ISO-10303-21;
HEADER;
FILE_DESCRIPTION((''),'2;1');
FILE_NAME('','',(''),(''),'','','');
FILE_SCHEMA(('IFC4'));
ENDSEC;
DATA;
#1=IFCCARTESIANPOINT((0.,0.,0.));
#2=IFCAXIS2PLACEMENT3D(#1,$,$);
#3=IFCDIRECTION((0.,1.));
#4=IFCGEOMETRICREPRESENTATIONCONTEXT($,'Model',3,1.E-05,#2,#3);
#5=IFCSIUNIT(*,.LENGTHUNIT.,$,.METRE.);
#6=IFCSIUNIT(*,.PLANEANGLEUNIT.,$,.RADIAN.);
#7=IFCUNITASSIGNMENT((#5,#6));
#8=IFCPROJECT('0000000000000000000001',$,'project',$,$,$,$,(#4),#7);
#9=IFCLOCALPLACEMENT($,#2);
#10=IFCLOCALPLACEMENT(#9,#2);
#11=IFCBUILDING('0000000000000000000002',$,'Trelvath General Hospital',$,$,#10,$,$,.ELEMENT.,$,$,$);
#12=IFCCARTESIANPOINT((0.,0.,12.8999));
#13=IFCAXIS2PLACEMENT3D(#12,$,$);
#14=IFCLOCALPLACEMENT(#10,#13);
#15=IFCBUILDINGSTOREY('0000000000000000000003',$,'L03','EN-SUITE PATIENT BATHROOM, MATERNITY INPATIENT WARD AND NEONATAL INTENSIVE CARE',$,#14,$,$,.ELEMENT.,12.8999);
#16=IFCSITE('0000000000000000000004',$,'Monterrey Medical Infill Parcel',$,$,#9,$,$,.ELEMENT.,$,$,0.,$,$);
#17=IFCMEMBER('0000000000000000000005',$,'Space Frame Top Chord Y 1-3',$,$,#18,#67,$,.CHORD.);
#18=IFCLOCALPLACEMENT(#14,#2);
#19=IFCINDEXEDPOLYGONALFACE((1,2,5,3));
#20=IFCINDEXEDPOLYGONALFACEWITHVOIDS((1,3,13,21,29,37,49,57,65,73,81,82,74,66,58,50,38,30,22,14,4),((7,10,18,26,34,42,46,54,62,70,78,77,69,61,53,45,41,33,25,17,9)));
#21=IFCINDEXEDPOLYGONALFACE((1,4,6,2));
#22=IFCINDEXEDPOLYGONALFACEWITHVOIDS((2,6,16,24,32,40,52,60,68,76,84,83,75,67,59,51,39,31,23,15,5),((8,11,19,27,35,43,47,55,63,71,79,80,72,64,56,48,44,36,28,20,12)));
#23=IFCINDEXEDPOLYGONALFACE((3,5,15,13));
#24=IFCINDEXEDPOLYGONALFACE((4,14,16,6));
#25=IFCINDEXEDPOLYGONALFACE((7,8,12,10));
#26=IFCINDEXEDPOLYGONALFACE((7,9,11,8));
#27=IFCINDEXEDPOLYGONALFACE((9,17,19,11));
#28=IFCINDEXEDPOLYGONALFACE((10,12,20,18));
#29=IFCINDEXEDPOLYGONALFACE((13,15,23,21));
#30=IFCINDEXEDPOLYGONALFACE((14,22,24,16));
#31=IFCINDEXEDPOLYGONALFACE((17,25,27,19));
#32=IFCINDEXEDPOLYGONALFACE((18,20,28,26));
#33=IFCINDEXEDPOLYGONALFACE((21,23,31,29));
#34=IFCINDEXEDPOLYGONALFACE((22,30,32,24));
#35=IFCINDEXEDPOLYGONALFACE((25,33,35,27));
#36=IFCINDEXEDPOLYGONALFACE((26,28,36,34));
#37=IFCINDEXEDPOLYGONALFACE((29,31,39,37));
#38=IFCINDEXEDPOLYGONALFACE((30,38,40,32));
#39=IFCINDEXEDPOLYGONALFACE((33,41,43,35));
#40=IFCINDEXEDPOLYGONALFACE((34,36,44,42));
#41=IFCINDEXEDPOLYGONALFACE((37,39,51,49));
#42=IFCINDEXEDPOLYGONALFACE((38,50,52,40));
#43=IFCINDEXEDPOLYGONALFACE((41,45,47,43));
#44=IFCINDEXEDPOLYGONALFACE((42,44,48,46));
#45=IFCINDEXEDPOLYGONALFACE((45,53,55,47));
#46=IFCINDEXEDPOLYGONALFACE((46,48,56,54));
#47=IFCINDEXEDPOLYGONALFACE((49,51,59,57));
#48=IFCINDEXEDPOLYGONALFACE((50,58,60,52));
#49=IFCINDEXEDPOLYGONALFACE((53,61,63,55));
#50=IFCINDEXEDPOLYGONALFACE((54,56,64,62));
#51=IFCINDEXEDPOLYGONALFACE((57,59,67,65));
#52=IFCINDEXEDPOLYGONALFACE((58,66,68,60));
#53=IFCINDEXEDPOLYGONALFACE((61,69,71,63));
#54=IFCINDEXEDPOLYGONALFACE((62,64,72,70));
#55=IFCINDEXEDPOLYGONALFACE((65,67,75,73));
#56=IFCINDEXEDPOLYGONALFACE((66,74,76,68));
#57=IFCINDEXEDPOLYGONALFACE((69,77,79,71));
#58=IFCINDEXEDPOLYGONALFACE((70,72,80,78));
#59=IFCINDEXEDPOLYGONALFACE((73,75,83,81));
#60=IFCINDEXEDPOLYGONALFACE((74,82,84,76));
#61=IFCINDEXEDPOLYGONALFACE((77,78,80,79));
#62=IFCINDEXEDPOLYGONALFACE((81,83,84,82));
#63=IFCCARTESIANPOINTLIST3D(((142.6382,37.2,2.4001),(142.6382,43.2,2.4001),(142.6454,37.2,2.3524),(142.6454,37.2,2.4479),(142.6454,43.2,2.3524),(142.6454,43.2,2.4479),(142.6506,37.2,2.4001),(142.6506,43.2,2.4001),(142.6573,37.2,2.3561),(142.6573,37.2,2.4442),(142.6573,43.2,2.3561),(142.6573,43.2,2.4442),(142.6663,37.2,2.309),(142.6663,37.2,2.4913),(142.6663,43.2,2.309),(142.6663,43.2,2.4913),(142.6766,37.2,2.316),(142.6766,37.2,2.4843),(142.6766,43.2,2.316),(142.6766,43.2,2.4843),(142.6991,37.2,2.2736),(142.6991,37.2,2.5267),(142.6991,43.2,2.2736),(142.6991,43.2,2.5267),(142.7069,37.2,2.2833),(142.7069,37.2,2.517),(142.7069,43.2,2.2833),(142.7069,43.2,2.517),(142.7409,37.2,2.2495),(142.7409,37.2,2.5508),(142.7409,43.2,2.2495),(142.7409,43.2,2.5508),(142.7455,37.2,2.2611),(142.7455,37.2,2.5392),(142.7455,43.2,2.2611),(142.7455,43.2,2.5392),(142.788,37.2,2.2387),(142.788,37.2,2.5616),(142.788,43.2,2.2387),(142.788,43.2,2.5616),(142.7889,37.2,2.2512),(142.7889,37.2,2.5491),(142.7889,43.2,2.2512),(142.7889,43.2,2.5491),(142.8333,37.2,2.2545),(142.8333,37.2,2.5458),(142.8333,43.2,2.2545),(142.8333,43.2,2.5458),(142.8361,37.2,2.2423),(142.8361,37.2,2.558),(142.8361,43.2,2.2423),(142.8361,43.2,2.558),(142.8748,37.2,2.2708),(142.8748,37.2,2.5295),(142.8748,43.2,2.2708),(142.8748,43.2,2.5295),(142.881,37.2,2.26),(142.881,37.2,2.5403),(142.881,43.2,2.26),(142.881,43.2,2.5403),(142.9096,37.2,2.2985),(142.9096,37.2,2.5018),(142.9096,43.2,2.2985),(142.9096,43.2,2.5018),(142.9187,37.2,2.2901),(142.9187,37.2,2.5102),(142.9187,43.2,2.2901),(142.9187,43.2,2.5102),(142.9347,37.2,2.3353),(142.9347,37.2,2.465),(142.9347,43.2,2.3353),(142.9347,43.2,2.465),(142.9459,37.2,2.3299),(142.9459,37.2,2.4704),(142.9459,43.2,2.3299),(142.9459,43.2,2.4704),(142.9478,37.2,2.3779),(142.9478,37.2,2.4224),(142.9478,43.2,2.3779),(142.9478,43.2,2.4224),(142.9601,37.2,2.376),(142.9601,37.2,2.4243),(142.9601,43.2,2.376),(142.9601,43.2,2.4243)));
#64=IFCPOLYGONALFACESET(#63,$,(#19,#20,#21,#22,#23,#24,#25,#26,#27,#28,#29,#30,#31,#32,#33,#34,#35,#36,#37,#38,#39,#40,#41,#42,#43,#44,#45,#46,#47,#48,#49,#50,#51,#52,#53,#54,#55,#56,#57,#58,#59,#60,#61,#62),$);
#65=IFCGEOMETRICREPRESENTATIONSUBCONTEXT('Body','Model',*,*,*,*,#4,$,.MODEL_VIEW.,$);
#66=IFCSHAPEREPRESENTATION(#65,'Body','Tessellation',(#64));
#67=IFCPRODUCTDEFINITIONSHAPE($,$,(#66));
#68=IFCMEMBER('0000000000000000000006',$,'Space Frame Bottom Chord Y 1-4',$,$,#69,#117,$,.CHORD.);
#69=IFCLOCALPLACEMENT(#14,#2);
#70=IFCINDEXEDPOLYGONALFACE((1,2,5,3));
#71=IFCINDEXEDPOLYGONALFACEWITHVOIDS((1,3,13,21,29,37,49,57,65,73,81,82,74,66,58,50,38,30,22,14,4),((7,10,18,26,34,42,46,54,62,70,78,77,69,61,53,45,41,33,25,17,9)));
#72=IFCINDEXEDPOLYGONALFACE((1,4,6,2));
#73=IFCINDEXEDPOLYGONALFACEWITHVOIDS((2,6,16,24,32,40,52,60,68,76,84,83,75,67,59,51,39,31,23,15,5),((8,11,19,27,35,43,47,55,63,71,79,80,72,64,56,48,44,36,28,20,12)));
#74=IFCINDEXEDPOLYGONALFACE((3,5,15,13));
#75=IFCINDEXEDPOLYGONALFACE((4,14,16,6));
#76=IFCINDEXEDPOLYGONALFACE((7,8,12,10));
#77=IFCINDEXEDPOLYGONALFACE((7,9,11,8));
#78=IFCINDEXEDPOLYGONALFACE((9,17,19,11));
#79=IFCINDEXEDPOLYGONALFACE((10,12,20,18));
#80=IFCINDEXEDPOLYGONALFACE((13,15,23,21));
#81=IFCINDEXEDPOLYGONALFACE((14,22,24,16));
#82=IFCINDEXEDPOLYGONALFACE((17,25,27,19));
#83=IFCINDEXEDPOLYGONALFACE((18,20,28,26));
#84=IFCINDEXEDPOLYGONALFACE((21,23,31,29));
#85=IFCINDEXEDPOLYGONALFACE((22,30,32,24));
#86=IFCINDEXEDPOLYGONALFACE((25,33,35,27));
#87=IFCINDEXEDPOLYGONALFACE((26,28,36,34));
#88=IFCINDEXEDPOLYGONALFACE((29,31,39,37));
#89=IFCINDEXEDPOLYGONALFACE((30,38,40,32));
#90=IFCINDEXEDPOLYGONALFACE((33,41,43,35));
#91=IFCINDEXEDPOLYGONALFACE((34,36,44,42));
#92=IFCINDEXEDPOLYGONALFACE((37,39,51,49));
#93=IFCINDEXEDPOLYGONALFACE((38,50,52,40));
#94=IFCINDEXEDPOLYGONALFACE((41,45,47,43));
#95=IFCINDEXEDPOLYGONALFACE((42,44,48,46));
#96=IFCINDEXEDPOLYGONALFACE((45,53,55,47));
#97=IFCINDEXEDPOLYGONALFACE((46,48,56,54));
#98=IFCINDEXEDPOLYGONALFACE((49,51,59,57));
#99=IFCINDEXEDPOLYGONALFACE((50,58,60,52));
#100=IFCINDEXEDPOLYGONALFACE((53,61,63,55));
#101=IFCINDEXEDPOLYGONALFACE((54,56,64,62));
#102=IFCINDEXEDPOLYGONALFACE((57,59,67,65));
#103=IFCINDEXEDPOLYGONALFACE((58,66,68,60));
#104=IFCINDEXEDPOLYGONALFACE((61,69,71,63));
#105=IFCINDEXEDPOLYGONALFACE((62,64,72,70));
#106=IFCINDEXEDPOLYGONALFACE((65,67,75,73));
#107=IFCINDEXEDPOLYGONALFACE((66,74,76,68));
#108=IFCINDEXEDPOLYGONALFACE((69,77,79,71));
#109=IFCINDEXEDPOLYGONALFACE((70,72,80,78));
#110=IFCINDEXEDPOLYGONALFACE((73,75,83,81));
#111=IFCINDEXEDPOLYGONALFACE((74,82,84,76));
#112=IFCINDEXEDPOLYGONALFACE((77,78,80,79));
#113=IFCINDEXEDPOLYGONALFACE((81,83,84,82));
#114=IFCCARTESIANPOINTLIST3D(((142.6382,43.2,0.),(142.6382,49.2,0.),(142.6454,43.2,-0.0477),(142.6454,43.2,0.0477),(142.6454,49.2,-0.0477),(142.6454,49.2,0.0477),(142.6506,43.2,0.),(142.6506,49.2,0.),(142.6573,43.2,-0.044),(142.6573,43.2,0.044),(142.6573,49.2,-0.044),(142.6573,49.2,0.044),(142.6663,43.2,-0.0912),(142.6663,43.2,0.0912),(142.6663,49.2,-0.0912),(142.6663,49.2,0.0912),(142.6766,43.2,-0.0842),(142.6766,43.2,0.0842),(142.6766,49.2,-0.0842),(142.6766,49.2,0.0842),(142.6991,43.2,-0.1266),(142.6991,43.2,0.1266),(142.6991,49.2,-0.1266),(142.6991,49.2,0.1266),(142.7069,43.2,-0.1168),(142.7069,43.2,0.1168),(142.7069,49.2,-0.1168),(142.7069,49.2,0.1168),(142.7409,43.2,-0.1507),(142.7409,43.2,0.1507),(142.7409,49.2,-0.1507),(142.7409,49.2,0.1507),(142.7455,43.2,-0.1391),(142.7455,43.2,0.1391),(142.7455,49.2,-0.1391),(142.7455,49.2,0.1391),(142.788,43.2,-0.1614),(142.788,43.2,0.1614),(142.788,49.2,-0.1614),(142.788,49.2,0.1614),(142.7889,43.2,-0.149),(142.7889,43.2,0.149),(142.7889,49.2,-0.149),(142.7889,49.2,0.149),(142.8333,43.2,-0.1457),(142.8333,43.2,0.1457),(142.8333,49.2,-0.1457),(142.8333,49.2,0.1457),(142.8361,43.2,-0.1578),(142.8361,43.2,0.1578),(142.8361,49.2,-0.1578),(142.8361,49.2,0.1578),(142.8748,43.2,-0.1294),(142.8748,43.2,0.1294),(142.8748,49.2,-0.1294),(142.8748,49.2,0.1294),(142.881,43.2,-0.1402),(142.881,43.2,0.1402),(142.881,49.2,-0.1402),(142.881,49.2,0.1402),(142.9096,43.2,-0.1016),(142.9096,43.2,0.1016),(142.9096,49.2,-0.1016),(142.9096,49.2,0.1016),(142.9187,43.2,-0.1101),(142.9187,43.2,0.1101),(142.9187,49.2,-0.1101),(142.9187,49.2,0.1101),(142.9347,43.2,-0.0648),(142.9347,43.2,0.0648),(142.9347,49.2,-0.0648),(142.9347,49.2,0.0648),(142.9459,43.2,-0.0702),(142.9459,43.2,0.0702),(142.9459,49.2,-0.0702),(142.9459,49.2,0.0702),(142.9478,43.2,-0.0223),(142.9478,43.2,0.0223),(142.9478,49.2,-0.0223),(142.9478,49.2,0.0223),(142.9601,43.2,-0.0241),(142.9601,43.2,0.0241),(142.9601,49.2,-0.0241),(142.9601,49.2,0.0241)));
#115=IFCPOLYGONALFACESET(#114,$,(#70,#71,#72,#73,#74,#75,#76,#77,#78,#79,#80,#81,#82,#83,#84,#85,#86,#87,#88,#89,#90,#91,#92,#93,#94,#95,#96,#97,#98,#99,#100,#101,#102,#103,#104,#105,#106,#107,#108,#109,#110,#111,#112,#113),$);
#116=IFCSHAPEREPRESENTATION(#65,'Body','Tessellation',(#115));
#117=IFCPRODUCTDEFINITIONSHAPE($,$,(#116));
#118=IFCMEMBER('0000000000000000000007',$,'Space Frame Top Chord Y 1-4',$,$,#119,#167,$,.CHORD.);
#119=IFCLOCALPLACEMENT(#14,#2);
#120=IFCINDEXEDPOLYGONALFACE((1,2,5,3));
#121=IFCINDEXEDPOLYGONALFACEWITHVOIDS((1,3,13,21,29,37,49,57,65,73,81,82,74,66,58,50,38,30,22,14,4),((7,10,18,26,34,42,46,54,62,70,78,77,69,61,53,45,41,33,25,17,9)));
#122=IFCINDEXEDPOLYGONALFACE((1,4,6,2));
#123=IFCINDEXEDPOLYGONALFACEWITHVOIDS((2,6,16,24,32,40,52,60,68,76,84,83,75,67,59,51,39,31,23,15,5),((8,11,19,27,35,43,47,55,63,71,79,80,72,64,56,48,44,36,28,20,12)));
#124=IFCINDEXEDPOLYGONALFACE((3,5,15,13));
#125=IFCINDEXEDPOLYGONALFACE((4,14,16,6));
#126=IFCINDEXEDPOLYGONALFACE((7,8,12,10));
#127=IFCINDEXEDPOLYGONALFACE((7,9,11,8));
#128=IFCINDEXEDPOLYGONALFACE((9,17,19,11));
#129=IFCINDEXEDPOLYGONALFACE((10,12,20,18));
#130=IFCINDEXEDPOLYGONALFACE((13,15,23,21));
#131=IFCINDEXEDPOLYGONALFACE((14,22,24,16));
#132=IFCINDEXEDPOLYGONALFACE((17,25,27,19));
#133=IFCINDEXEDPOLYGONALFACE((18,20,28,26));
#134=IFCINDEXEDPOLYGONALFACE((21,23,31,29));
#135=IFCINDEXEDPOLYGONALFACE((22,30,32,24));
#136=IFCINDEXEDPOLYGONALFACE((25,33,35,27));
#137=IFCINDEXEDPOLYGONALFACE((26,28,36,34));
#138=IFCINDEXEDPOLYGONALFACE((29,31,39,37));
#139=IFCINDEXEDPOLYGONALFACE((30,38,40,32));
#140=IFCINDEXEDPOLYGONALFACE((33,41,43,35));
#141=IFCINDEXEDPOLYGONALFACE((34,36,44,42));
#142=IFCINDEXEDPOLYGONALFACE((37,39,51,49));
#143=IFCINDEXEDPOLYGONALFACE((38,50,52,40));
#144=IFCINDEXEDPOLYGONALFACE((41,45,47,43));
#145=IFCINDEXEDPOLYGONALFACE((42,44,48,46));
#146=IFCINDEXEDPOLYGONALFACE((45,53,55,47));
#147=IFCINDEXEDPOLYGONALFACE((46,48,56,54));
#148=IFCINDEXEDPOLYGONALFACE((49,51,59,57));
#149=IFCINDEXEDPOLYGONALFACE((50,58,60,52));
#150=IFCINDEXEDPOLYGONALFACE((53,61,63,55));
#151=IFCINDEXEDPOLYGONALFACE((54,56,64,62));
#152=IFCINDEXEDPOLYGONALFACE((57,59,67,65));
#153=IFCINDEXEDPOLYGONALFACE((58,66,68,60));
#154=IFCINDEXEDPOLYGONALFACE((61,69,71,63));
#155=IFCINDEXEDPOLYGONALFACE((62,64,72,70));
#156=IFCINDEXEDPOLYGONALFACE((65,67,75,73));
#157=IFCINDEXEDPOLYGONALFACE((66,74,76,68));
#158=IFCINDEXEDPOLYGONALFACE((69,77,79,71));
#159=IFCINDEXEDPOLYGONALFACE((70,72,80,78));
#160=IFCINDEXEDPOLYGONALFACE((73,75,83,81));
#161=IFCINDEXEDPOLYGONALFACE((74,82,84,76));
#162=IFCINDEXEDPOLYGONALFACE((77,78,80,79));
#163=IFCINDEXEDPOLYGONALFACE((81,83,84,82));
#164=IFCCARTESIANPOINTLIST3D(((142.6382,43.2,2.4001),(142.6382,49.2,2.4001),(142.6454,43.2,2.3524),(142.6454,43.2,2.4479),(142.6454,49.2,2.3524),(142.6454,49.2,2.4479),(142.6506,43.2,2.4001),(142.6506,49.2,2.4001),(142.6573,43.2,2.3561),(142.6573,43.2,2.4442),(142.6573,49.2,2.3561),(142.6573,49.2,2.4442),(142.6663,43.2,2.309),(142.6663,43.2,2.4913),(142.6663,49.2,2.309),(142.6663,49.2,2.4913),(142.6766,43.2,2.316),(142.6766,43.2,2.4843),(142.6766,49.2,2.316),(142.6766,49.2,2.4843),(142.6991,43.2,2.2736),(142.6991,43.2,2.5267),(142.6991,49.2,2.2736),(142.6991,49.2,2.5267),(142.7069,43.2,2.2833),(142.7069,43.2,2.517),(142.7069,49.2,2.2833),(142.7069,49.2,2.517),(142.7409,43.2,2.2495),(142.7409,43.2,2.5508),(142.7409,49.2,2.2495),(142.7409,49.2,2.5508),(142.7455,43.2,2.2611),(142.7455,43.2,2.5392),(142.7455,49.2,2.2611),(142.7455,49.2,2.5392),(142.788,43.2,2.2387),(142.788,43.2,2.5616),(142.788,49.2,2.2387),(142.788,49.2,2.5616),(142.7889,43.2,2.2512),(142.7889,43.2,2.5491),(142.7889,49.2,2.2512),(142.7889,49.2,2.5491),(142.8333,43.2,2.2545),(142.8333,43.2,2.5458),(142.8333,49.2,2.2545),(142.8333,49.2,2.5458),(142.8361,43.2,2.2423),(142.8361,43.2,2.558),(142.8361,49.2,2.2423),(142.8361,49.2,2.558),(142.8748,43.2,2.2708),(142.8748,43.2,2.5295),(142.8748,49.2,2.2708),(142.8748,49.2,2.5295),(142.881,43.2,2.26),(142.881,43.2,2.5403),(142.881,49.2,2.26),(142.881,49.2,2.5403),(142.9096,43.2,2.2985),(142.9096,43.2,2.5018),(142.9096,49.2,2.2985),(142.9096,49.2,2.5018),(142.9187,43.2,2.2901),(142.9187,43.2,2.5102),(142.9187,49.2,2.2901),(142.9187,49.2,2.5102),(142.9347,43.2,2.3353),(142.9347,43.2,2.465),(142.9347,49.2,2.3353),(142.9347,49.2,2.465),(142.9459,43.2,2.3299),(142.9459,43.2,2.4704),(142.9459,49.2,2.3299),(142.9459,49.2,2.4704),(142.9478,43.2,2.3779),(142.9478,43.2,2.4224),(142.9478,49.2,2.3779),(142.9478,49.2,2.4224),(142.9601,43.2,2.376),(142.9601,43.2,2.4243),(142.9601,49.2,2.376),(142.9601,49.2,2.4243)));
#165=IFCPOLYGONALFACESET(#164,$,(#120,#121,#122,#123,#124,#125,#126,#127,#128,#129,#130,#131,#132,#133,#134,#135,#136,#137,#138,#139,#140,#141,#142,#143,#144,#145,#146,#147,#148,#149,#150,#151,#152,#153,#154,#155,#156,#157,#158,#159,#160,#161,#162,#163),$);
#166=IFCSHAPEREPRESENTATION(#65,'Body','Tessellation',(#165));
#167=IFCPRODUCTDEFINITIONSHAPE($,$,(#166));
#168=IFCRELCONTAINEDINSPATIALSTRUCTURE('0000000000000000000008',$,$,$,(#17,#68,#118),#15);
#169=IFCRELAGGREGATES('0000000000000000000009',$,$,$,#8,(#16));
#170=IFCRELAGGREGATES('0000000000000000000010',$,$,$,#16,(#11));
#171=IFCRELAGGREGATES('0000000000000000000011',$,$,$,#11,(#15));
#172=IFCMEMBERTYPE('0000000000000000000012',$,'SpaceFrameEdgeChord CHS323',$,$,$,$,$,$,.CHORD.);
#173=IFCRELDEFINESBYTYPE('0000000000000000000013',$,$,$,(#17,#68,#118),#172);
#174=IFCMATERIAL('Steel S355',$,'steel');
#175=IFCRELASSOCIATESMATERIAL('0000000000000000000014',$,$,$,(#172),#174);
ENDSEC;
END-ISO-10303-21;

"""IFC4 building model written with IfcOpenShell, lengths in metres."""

from ifc_helpers import new_model, si_unit, direction, frame, origin, origin_2d, place, context, subcontext, project, spatial, hollow_circle, extrude, material, material_profile, profile_set, type_object, element, save


model = new_model("IFC4")

# Units and contexts
model_context = context("Model", 3, precision=1e-05, world=origin(), true_north=direction((0.0, 1.0)))
body_context = subcontext(model_context, "Body", "Model", "MODEL_VIEW")
ifc_project = project(units=[si_unit("LENGTHUNIT", "METRE"), si_unit("PLANEANGLEUNIT", "RADIAN")], contexts=[model_context])

# Site, building, storey
site_placement = place(None, origin())
site = spatial("IfcSite", under=ifc_project, at=site_placement, Name="Monterrey Medical Infill Parcel", CompositionType="ELEMENT", RefElevation=0.0)
building_placement = place(site_placement, origin())
building = spatial("IfcBuilding", under=site, at=building_placement, Name="Trelvath General Hospital", CompositionType="ELEMENT")
storey_placement = place(building_placement, frame((0.0, 0.0, 12.8999)))
storey = spatial("IfcBuildingStorey", under=building, at=storey_placement, Name="L03", Description="EN-SUITE PATIENT BATHROOM, MATERNITY INPATIENT WARD AND NEONATAL INTENSIVE CARE", CompositionType="ELEMENT", Elevation=12.8999)

# Members
ifc_material_1 = material(Name="Steel S355", Category="steel")
ifc_material_profile_1 = material_profile(ifc_material_1, hollow_circle(Radius=0.1619, WallThickness=0.0125, at=origin_2d()), Name="CHS323.9x12.5")
ifc_profile_set_1 = profile_set([ifc_material_profile_1], Name="Steel S355")
member_type_1 = type_object("IfcMemberType", Name="SpaceFrameEdgeChord CHS323", PredefinedType="CHORD", material=ifc_profile_set_1)
for number, where, z_axis, x_axis, name in (
    (1, (142.8, 37.2, 2.4001), (0.0, 1.0, 0.0), (-1.0, 0.0, 0.0), "Space Frame Top Chord Y 1-3"),
    (2, (142.8, 43.2, 0.0), (0.0, 1.0, 0.0), (-1.0, 0.0, 0.0), "Space Frame Bottom Chord Y 1-4"),
    (3, (142.8, 43.2, 2.4001), (0.0, 1.0, 0.0), (-1.0, 0.0, 0.0), "Space Frame Top Chord Y 1-4"),
):
    element("IfcMember", number, at=place(storey_placement, frame(where, z_axis=z_axis, x_axis=x_axis)), inside=storey, type_object=member_type_1, Name=name, PredefinedType="CHORD", context=body_context, shape_type="SweptSolid", body=[
        extrude(hollow_circle(Radius=0.1619, WallThickness=0.0125, at=origin_2d()), origin(), (0.0, 0.0, 1.0), 6.0),
    ])

save(model, "model.ifc")
